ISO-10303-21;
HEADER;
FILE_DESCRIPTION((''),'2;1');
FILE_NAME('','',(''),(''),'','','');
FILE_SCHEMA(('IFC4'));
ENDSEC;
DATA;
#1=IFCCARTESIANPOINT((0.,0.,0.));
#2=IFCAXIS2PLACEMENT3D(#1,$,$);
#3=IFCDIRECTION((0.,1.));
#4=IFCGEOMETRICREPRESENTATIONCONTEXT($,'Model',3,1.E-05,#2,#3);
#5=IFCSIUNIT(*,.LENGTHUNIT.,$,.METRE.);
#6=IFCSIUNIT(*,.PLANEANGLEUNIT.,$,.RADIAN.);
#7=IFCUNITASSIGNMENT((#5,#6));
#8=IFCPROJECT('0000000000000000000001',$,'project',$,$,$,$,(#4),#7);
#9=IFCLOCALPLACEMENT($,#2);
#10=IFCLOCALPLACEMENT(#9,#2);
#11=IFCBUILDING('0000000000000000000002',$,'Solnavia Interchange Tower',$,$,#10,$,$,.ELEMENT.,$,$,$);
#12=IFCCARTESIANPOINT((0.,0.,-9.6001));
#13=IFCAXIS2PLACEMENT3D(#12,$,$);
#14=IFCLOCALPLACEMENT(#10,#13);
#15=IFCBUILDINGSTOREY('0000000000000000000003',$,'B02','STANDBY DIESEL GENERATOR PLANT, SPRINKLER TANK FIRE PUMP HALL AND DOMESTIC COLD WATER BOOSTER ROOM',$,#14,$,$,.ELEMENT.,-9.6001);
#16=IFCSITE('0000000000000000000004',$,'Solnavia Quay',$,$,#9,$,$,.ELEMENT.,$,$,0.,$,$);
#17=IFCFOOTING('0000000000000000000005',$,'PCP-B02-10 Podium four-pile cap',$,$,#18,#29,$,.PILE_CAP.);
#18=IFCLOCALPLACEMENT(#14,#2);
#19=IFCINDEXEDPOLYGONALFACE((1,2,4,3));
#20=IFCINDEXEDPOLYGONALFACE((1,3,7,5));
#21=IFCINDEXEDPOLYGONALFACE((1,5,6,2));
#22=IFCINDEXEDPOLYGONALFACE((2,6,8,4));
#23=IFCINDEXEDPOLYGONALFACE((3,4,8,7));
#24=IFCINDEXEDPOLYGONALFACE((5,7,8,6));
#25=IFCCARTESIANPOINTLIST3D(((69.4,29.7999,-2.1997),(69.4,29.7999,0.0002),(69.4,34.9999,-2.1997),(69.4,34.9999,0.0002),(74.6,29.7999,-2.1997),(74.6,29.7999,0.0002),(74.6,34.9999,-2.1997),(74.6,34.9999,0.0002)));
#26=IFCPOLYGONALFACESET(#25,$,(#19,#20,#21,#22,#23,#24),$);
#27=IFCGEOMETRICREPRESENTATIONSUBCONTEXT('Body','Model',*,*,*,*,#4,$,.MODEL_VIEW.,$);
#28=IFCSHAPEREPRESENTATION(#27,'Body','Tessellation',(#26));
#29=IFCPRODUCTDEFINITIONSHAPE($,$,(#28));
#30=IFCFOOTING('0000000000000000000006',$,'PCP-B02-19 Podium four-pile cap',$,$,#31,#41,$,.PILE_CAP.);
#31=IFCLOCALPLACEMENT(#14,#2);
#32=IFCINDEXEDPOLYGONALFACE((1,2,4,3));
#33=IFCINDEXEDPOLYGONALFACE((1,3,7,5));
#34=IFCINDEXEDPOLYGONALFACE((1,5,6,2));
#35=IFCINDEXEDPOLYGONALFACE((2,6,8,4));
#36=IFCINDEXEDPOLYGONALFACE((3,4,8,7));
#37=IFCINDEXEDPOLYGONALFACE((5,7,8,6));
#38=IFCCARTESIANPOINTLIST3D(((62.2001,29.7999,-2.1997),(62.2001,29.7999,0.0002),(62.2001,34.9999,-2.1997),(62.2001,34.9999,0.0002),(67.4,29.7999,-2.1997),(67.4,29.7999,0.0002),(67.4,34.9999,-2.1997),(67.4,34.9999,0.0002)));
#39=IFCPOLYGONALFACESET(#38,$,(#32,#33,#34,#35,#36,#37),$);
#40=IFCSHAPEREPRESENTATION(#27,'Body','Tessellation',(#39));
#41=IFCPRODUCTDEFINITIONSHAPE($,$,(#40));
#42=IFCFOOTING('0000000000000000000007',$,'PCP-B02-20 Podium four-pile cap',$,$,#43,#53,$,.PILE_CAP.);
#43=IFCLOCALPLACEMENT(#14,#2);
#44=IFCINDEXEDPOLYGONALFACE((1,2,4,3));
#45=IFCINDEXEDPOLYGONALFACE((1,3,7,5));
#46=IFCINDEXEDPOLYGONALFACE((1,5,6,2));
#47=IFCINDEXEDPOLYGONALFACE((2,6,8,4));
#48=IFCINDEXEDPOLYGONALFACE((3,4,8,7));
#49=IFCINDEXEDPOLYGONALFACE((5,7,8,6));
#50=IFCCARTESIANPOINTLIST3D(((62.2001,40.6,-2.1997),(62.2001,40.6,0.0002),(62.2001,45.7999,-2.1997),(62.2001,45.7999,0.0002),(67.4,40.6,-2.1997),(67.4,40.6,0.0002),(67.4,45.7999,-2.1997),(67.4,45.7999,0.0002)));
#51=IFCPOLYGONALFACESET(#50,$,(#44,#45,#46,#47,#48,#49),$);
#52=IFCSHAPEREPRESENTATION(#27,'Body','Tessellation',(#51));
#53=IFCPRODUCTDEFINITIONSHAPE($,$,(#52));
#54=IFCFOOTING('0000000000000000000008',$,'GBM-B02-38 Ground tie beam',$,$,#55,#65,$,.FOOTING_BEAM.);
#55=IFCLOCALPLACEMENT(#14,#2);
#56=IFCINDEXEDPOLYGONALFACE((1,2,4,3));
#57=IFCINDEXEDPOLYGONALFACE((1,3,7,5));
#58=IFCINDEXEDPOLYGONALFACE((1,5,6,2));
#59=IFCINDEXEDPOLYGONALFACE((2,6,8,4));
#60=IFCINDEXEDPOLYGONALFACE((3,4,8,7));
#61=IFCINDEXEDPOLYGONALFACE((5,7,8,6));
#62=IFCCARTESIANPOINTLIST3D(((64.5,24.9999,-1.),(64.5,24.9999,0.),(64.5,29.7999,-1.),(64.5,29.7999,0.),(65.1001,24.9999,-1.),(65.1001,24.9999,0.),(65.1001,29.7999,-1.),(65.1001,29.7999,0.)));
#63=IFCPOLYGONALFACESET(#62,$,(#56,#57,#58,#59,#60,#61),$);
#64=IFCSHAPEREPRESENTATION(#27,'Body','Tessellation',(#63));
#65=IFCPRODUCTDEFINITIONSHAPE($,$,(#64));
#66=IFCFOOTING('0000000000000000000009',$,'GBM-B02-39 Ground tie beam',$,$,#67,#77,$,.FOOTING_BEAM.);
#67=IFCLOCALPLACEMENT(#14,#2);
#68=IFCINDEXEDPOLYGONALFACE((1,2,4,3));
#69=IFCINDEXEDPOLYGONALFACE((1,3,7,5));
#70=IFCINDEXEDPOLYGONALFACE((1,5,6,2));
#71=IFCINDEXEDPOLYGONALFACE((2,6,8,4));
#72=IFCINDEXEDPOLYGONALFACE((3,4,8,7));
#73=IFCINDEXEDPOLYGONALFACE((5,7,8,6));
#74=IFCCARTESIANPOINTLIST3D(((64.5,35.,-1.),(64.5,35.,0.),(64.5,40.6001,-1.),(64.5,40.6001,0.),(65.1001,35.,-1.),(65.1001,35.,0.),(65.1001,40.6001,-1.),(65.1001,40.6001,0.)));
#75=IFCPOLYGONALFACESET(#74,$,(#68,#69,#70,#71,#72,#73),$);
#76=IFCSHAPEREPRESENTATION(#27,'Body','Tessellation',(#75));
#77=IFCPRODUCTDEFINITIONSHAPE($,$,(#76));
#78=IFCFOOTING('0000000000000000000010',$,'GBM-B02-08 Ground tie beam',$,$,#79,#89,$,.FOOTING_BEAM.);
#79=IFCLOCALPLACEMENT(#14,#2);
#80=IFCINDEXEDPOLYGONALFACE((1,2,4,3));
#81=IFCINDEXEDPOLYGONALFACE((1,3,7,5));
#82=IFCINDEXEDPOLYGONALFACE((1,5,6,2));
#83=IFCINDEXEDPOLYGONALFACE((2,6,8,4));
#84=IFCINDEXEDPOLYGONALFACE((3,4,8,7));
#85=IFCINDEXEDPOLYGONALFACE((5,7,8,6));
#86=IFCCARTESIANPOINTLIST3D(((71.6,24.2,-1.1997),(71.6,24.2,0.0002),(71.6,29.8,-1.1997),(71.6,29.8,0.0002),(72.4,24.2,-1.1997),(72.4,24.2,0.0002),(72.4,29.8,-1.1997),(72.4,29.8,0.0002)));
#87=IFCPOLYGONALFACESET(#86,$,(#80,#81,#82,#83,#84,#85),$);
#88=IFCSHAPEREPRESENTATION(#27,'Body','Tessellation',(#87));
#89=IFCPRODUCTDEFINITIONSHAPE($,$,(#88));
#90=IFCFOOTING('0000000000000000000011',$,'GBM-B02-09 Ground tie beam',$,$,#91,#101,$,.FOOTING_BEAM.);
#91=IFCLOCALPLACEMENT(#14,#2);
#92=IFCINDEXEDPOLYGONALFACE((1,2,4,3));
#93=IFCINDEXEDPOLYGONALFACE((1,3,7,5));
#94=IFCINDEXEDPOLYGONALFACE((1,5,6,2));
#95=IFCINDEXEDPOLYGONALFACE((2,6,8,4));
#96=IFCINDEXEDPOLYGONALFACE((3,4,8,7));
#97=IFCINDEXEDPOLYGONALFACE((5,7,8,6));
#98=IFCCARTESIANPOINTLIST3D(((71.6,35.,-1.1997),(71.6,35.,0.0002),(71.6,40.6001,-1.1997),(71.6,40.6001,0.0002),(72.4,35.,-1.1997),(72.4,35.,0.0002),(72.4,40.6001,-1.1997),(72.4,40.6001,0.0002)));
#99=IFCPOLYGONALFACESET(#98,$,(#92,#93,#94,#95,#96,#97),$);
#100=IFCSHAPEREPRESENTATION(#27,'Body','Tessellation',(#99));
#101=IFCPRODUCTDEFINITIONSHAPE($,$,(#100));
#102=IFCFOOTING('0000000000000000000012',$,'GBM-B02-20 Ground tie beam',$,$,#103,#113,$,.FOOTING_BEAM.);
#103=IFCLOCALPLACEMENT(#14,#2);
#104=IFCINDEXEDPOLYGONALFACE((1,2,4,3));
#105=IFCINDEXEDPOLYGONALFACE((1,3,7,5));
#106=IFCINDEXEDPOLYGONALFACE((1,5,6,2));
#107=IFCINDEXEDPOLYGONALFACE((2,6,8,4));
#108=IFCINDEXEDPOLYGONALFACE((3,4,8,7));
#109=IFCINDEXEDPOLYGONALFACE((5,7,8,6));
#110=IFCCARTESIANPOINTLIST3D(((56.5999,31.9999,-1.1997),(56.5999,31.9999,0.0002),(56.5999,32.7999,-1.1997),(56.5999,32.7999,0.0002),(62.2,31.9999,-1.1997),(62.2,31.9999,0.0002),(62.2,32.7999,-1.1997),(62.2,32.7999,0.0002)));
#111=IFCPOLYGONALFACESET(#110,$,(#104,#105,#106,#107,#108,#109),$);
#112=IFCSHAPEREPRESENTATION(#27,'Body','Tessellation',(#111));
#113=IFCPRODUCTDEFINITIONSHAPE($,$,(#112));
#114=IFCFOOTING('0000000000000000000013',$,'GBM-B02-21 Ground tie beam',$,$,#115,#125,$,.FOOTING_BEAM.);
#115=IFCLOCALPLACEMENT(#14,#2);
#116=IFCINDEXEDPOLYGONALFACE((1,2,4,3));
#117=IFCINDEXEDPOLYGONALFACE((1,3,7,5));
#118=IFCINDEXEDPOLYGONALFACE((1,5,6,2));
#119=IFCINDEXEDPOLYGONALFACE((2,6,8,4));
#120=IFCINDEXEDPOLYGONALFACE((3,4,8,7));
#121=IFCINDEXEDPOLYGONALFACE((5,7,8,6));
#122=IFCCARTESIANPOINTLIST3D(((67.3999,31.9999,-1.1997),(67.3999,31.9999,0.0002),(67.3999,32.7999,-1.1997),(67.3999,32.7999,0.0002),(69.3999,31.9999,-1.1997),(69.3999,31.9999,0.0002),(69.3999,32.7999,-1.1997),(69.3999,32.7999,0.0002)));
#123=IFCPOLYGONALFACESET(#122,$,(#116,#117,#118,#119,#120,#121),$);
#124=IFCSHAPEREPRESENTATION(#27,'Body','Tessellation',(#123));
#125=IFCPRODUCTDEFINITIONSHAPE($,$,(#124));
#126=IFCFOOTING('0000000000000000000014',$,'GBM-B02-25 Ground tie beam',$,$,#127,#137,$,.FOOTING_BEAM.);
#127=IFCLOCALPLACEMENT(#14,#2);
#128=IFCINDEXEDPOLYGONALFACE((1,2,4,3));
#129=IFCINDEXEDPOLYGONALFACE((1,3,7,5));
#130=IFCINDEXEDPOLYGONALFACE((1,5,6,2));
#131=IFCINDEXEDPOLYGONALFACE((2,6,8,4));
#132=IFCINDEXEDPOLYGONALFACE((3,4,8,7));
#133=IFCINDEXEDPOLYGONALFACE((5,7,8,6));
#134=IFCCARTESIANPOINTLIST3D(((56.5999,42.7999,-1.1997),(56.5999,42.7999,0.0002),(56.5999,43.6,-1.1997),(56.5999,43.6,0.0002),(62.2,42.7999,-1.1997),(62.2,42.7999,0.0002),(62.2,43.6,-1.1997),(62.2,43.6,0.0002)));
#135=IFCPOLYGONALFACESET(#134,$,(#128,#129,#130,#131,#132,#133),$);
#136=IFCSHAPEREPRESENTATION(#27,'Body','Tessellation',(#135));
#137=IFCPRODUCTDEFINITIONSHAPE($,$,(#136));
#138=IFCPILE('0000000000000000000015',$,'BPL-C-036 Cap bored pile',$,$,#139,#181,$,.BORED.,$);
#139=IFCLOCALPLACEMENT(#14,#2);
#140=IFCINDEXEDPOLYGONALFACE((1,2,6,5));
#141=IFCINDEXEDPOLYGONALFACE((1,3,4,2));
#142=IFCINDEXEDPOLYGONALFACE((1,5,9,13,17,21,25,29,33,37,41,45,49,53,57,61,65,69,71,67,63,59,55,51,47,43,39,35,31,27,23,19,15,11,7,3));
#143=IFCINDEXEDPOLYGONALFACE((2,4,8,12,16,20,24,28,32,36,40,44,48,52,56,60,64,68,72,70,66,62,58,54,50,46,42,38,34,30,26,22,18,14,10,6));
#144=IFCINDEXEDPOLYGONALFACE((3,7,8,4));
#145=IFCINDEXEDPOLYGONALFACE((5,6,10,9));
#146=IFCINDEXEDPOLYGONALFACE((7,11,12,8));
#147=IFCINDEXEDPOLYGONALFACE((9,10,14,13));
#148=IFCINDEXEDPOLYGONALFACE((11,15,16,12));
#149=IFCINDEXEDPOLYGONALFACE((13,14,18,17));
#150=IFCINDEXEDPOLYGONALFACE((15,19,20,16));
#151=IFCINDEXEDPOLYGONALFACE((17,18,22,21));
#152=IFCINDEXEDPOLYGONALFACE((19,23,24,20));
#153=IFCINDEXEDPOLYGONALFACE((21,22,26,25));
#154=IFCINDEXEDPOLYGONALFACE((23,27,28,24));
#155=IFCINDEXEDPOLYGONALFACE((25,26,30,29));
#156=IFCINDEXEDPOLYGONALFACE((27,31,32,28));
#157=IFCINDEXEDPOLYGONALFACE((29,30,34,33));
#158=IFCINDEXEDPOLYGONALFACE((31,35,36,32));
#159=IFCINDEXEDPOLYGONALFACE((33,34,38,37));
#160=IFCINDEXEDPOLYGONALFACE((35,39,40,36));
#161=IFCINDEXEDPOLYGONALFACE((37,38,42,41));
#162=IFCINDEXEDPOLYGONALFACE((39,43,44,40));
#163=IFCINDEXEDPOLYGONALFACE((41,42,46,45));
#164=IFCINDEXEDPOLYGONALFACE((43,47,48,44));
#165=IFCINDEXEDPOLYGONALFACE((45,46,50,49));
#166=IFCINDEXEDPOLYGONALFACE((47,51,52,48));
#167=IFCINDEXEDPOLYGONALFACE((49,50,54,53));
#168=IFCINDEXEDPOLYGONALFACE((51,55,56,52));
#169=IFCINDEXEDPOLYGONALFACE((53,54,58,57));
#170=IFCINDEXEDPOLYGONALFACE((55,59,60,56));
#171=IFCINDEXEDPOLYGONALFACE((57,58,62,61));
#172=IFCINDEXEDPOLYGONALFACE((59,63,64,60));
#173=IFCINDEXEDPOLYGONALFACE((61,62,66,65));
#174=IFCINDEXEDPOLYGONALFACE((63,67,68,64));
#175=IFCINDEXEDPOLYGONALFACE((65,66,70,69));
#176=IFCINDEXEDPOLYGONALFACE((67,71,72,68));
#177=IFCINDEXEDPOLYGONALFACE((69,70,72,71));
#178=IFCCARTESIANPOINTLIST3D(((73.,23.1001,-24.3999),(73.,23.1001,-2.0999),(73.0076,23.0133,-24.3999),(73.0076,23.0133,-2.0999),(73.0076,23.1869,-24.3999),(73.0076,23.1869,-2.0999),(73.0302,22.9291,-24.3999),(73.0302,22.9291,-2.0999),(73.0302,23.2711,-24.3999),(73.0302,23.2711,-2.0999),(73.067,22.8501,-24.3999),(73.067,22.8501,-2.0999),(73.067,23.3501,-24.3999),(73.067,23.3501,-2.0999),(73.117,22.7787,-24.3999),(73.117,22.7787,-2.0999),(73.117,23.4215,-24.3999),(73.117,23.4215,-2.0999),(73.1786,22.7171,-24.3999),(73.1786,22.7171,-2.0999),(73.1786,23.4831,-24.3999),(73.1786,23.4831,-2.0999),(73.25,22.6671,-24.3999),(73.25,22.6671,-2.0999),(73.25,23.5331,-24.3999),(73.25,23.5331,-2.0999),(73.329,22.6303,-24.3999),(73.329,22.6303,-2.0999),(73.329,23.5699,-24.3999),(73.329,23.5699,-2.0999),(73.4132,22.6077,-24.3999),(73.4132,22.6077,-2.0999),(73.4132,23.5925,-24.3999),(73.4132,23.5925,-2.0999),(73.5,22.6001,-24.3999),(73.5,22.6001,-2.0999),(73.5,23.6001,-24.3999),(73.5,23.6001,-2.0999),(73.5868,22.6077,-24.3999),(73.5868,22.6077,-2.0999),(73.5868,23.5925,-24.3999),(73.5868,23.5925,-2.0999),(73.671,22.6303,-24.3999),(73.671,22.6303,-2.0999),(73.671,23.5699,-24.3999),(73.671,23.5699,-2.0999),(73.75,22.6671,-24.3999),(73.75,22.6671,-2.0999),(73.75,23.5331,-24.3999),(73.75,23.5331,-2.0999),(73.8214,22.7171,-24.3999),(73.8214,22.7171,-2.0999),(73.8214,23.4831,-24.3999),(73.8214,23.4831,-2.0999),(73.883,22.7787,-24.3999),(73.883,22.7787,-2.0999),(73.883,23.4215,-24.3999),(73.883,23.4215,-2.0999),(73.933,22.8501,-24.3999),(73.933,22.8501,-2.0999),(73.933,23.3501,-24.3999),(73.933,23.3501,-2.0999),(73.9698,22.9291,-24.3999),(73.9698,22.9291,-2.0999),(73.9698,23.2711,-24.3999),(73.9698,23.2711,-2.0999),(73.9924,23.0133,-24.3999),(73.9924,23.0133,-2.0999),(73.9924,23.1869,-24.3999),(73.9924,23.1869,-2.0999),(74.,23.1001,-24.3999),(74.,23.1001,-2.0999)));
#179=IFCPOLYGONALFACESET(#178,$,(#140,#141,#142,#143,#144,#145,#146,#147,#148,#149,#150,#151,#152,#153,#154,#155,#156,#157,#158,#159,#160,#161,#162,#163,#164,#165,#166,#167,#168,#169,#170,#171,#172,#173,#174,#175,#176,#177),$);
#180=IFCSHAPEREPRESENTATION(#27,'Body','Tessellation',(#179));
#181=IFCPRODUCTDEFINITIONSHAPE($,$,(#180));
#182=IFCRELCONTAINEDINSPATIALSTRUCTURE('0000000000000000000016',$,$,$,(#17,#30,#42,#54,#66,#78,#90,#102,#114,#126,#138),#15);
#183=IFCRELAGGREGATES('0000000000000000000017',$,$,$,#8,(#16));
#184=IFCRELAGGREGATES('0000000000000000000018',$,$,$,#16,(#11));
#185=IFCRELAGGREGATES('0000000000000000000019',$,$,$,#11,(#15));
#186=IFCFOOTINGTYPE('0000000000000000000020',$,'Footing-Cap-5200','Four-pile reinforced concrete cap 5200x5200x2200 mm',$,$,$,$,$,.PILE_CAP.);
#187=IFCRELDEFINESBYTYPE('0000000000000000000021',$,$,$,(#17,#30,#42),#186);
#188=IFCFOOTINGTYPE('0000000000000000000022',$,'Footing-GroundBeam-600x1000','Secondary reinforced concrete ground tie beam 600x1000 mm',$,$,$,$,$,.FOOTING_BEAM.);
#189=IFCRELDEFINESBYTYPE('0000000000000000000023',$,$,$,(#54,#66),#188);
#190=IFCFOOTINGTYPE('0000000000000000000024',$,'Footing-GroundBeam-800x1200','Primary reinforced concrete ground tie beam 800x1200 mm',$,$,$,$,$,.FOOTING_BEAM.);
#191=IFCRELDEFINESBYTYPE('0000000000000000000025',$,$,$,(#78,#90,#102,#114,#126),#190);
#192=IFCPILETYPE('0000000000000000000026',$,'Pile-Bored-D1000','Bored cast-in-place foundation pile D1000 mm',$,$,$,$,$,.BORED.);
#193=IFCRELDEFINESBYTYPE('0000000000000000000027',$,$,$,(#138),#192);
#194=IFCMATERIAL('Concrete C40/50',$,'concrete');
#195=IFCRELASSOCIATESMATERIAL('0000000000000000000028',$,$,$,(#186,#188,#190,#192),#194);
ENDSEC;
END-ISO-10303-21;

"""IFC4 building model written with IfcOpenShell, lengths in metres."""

from ifc_helpers import new_model, si_unit, direction, frame, origin, origin_2d, place, context, subcontext, project, spatial, rectangle, circle, extrude, material, material_profile, profile_set, type_object, element, save


model = new_model("IFC4")

# Units and contexts
model_context = context("Model", 3, precision=1e-05, world=origin(), true_north=direction((0.0, 1.0)))
body_context = subcontext(model_context, "Body", "Model", "MODEL_VIEW")
ifc_project = project(units=[si_unit("LENGTHUNIT", "METRE"), si_unit("PLANEANGLEUNIT", "RADIAN")], contexts=[model_context])

# Site, building, storey
site_placement = place(None, origin())
site = spatial("IfcSite", under=ifc_project, at=site_placement, Name="Solnavia Quay", CompositionType="ELEMENT", RefElevation=0.0)
building_placement = place(site_placement, origin())
building = spatial("IfcBuilding", under=site, at=building_placement, Name="Solnavia Interchange Tower", CompositionType="ELEMENT")
storey_placement = place(building_placement, frame((0.0, 0.0, -9.6001)))
storey = spatial("IfcBuildingStorey", under=building, at=storey_placement, Name="B02", Description="STANDBY DIESEL GENERATOR PLANT, SPRINKLER TANK FIRE PUMP HALL AND DOMESTIC COLD WATER BOOSTER ROOM", CompositionType="ELEMENT", Elevation=-9.6001)

# Footings
ifc_material_1 = material(Name="Concrete C40/50", Category="concrete")
footing_type_1 = type_object("IfcFootingType", Name="Footing-Cap-5200", Description="Four-pile reinforced concrete cap 5200x5200x2200 mm", PredefinedType="PILE_CAP", material=ifc_material_1)
for number, where, z_axis, x_axis, name in (
    (1, (72.0, 32.3999, -2.1997), (0.0, 0.0, 1.0), (1.0, 0.0, 0.0), "PCP-B02-10 Podium four-pile cap"),
    (2, (64.8, 32.3999, -2.1997), (0.0, 0.0, 1.0), (1.0, 0.0, 0.0), "PCP-B02-19 Podium four-pile cap"),
    (3, (64.8, 43.2, -2.1997), (0.0, 0.0, 1.0), (1.0, 0.0, 0.0), "PCP-B02-20 Podium four-pile cap"),
):
    element("IfcFooting", number, at=place(storey_placement, frame(where, z_axis=z_axis, x_axis=x_axis)), inside=storey, type_object=footing_type_1, Name=name, PredefinedType="PILE_CAP", context=body_context, shape_type="SweptSolid", body=[
        extrude(rectangle(XDim=5.2, YDim=5.2, at=origin_2d()), origin(), (0.0, 0.0, 1.0), 2.2),
    ])
footing_type_2 = type_object("IfcFootingType", Name="Footing-GroundBeam-600x1000", Description="Secondary reinforced concrete ground tie beam 600x1000 mm", PredefinedType="FOOTING_BEAM", material=ifc_material_1)
footing_1_placement = place(storey_placement, frame((64.8, 27.3999, -1.0), z_axis=(0.0, 0.0, 1.0), x_axis=(0.0, 1.0, 0.0)))
element("IfcFooting", 4, at=footing_1_placement, inside=storey, type_object=footing_type_2, Name="GBM-B02-38 Ground tie beam", PredefinedType="FOOTING_BEAM", context=body_context, shape_type="SweptSolid", body=[
    extrude(rectangle(XDim=4.8, YDim=0.6001, at=origin_2d()), origin(), (0.0, 0.0, 1.0), 1.0),
])
footing_2_placement = place(storey_placement, frame((64.8, 37.8, -1.0), z_axis=(0.0, 0.0, 1.0), x_axis=(0.0, 1.0, 0.0)))
element("IfcFooting", 5, at=footing_2_placement, inside=storey, type_object=footing_type_2, Name="GBM-B02-39 Ground tie beam", PredefinedType="FOOTING_BEAM", context=body_context, shape_type="SweptSolid", body=[
    extrude(rectangle(XDim=5.6001, YDim=0.6001, at=origin_2d()), origin(), (0.0, 0.0, 1.0), 1.0),
])
footing_type_3 = type_object("IfcFootingType", Name="Footing-GroundBeam-800x1200", Description="Primary reinforced concrete ground tie beam 800x1200 mm", PredefinedType="FOOTING_BEAM", material=ifc_material_1)
for number, where, z_axis, x_axis, name in (
    (6, (72.0, 27.0, -1.1997), (0.0, 0.0, 1.0), (0.0, 1.0, 0.0), "GBM-B02-08 Ground tie beam"),
    (7, (72.0, 37.8, -1.1997), (0.0, 0.0, 1.0), (0.0, 1.0, 0.0), "GBM-B02-09 Ground tie beam"),
    (8, (59.3999, 32.3999, -1.1997), (0.0, 0.0, 1.0), (1.0, 0.0, 0.0), "GBM-B02-20 Ground tie beam"),
):
    element("IfcFooting", number, at=place(storey_placement, frame(where, z_axis=z_axis, x_axis=x_axis)), inside=storey, type_object=footing_type_3, Name=name, PredefinedType="FOOTING_BEAM", context=body_context, shape_type="SweptSolid", body=[
        extrude(rectangle(XDim=5.6001, YDim=0.8, at=origin_2d()), origin(), (0.0, 0.0, 1.0), 1.2),
    ])
footing_3_placement = place(storey_placement, frame((68.3999, 32.3999, -1.1997), z_axis=(0.0, 0.0, 1.0), x_axis=(1.0, 0.0, 0.0)))
element("IfcFooting", 9, at=footing_3_placement, inside=storey, type_object=footing_type_3, Name="GBM-B02-21 Ground tie beam", PredefinedType="FOOTING_BEAM", context=body_context, shape_type="SweptSolid", body=[
    extrude(rectangle(XDim=2.0, YDim=0.8, at=origin_2d()), origin(), (0.0, 0.0, 1.0), 1.2),
])
footing_4_placement = place(storey_placement, frame((59.3999, 43.2, -1.1997), z_axis=(0.0, 0.0, 1.0), x_axis=(1.0, 0.0, 0.0)))
element("IfcFooting", 10, at=footing_4_placement, inside=storey, type_object=footing_type_3, Name="GBM-B02-25 Ground tie beam", PredefinedType="FOOTING_BEAM", context=body_context, shape_type="SweptSolid", body=[
    extrude(rectangle(XDim=5.6001, YDim=0.8, at=origin_2d()), origin(), (0.0, 0.0, 1.0), 1.2),
])

# Pile
ifc_material_profile_1 = material_profile(ifc_material_1, circle(Radius=0.5, at=origin_2d()), Name="PILE D1000")
ifc_profile_set_1 = profile_set([ifc_material_profile_1], Name="Concrete C40/50")
pile_type = type_object("IfcPileType", Name="Pile-Bored-D1000", Description="Bored cast-in-place foundation pile D1000 mm", PredefinedType="BORED", material=ifc_profile_set_1)
for number, where, z_axis, x_axis, name in (
    (11, (73.5, 23.1001, -2.0999), (0.0, 0.0, -1.0), (1.0, 0.0, 0.0), "BPL-C-036 Cap bored pile"),
):
    element("IfcPile", number, at=place(storey_placement, frame(where, z_axis=z_axis, x_axis=x_axis)), inside=storey, type_object=pile_type, Name=name, PredefinedType="BORED", context=body_context, shape_type="SweptSolid", body=[
        extrude(circle(Radius=0.5, at=origin_2d()), origin(), (0.0, 0.0, 1.0), 22.3),
    ])

save(model, "model.ifc")
